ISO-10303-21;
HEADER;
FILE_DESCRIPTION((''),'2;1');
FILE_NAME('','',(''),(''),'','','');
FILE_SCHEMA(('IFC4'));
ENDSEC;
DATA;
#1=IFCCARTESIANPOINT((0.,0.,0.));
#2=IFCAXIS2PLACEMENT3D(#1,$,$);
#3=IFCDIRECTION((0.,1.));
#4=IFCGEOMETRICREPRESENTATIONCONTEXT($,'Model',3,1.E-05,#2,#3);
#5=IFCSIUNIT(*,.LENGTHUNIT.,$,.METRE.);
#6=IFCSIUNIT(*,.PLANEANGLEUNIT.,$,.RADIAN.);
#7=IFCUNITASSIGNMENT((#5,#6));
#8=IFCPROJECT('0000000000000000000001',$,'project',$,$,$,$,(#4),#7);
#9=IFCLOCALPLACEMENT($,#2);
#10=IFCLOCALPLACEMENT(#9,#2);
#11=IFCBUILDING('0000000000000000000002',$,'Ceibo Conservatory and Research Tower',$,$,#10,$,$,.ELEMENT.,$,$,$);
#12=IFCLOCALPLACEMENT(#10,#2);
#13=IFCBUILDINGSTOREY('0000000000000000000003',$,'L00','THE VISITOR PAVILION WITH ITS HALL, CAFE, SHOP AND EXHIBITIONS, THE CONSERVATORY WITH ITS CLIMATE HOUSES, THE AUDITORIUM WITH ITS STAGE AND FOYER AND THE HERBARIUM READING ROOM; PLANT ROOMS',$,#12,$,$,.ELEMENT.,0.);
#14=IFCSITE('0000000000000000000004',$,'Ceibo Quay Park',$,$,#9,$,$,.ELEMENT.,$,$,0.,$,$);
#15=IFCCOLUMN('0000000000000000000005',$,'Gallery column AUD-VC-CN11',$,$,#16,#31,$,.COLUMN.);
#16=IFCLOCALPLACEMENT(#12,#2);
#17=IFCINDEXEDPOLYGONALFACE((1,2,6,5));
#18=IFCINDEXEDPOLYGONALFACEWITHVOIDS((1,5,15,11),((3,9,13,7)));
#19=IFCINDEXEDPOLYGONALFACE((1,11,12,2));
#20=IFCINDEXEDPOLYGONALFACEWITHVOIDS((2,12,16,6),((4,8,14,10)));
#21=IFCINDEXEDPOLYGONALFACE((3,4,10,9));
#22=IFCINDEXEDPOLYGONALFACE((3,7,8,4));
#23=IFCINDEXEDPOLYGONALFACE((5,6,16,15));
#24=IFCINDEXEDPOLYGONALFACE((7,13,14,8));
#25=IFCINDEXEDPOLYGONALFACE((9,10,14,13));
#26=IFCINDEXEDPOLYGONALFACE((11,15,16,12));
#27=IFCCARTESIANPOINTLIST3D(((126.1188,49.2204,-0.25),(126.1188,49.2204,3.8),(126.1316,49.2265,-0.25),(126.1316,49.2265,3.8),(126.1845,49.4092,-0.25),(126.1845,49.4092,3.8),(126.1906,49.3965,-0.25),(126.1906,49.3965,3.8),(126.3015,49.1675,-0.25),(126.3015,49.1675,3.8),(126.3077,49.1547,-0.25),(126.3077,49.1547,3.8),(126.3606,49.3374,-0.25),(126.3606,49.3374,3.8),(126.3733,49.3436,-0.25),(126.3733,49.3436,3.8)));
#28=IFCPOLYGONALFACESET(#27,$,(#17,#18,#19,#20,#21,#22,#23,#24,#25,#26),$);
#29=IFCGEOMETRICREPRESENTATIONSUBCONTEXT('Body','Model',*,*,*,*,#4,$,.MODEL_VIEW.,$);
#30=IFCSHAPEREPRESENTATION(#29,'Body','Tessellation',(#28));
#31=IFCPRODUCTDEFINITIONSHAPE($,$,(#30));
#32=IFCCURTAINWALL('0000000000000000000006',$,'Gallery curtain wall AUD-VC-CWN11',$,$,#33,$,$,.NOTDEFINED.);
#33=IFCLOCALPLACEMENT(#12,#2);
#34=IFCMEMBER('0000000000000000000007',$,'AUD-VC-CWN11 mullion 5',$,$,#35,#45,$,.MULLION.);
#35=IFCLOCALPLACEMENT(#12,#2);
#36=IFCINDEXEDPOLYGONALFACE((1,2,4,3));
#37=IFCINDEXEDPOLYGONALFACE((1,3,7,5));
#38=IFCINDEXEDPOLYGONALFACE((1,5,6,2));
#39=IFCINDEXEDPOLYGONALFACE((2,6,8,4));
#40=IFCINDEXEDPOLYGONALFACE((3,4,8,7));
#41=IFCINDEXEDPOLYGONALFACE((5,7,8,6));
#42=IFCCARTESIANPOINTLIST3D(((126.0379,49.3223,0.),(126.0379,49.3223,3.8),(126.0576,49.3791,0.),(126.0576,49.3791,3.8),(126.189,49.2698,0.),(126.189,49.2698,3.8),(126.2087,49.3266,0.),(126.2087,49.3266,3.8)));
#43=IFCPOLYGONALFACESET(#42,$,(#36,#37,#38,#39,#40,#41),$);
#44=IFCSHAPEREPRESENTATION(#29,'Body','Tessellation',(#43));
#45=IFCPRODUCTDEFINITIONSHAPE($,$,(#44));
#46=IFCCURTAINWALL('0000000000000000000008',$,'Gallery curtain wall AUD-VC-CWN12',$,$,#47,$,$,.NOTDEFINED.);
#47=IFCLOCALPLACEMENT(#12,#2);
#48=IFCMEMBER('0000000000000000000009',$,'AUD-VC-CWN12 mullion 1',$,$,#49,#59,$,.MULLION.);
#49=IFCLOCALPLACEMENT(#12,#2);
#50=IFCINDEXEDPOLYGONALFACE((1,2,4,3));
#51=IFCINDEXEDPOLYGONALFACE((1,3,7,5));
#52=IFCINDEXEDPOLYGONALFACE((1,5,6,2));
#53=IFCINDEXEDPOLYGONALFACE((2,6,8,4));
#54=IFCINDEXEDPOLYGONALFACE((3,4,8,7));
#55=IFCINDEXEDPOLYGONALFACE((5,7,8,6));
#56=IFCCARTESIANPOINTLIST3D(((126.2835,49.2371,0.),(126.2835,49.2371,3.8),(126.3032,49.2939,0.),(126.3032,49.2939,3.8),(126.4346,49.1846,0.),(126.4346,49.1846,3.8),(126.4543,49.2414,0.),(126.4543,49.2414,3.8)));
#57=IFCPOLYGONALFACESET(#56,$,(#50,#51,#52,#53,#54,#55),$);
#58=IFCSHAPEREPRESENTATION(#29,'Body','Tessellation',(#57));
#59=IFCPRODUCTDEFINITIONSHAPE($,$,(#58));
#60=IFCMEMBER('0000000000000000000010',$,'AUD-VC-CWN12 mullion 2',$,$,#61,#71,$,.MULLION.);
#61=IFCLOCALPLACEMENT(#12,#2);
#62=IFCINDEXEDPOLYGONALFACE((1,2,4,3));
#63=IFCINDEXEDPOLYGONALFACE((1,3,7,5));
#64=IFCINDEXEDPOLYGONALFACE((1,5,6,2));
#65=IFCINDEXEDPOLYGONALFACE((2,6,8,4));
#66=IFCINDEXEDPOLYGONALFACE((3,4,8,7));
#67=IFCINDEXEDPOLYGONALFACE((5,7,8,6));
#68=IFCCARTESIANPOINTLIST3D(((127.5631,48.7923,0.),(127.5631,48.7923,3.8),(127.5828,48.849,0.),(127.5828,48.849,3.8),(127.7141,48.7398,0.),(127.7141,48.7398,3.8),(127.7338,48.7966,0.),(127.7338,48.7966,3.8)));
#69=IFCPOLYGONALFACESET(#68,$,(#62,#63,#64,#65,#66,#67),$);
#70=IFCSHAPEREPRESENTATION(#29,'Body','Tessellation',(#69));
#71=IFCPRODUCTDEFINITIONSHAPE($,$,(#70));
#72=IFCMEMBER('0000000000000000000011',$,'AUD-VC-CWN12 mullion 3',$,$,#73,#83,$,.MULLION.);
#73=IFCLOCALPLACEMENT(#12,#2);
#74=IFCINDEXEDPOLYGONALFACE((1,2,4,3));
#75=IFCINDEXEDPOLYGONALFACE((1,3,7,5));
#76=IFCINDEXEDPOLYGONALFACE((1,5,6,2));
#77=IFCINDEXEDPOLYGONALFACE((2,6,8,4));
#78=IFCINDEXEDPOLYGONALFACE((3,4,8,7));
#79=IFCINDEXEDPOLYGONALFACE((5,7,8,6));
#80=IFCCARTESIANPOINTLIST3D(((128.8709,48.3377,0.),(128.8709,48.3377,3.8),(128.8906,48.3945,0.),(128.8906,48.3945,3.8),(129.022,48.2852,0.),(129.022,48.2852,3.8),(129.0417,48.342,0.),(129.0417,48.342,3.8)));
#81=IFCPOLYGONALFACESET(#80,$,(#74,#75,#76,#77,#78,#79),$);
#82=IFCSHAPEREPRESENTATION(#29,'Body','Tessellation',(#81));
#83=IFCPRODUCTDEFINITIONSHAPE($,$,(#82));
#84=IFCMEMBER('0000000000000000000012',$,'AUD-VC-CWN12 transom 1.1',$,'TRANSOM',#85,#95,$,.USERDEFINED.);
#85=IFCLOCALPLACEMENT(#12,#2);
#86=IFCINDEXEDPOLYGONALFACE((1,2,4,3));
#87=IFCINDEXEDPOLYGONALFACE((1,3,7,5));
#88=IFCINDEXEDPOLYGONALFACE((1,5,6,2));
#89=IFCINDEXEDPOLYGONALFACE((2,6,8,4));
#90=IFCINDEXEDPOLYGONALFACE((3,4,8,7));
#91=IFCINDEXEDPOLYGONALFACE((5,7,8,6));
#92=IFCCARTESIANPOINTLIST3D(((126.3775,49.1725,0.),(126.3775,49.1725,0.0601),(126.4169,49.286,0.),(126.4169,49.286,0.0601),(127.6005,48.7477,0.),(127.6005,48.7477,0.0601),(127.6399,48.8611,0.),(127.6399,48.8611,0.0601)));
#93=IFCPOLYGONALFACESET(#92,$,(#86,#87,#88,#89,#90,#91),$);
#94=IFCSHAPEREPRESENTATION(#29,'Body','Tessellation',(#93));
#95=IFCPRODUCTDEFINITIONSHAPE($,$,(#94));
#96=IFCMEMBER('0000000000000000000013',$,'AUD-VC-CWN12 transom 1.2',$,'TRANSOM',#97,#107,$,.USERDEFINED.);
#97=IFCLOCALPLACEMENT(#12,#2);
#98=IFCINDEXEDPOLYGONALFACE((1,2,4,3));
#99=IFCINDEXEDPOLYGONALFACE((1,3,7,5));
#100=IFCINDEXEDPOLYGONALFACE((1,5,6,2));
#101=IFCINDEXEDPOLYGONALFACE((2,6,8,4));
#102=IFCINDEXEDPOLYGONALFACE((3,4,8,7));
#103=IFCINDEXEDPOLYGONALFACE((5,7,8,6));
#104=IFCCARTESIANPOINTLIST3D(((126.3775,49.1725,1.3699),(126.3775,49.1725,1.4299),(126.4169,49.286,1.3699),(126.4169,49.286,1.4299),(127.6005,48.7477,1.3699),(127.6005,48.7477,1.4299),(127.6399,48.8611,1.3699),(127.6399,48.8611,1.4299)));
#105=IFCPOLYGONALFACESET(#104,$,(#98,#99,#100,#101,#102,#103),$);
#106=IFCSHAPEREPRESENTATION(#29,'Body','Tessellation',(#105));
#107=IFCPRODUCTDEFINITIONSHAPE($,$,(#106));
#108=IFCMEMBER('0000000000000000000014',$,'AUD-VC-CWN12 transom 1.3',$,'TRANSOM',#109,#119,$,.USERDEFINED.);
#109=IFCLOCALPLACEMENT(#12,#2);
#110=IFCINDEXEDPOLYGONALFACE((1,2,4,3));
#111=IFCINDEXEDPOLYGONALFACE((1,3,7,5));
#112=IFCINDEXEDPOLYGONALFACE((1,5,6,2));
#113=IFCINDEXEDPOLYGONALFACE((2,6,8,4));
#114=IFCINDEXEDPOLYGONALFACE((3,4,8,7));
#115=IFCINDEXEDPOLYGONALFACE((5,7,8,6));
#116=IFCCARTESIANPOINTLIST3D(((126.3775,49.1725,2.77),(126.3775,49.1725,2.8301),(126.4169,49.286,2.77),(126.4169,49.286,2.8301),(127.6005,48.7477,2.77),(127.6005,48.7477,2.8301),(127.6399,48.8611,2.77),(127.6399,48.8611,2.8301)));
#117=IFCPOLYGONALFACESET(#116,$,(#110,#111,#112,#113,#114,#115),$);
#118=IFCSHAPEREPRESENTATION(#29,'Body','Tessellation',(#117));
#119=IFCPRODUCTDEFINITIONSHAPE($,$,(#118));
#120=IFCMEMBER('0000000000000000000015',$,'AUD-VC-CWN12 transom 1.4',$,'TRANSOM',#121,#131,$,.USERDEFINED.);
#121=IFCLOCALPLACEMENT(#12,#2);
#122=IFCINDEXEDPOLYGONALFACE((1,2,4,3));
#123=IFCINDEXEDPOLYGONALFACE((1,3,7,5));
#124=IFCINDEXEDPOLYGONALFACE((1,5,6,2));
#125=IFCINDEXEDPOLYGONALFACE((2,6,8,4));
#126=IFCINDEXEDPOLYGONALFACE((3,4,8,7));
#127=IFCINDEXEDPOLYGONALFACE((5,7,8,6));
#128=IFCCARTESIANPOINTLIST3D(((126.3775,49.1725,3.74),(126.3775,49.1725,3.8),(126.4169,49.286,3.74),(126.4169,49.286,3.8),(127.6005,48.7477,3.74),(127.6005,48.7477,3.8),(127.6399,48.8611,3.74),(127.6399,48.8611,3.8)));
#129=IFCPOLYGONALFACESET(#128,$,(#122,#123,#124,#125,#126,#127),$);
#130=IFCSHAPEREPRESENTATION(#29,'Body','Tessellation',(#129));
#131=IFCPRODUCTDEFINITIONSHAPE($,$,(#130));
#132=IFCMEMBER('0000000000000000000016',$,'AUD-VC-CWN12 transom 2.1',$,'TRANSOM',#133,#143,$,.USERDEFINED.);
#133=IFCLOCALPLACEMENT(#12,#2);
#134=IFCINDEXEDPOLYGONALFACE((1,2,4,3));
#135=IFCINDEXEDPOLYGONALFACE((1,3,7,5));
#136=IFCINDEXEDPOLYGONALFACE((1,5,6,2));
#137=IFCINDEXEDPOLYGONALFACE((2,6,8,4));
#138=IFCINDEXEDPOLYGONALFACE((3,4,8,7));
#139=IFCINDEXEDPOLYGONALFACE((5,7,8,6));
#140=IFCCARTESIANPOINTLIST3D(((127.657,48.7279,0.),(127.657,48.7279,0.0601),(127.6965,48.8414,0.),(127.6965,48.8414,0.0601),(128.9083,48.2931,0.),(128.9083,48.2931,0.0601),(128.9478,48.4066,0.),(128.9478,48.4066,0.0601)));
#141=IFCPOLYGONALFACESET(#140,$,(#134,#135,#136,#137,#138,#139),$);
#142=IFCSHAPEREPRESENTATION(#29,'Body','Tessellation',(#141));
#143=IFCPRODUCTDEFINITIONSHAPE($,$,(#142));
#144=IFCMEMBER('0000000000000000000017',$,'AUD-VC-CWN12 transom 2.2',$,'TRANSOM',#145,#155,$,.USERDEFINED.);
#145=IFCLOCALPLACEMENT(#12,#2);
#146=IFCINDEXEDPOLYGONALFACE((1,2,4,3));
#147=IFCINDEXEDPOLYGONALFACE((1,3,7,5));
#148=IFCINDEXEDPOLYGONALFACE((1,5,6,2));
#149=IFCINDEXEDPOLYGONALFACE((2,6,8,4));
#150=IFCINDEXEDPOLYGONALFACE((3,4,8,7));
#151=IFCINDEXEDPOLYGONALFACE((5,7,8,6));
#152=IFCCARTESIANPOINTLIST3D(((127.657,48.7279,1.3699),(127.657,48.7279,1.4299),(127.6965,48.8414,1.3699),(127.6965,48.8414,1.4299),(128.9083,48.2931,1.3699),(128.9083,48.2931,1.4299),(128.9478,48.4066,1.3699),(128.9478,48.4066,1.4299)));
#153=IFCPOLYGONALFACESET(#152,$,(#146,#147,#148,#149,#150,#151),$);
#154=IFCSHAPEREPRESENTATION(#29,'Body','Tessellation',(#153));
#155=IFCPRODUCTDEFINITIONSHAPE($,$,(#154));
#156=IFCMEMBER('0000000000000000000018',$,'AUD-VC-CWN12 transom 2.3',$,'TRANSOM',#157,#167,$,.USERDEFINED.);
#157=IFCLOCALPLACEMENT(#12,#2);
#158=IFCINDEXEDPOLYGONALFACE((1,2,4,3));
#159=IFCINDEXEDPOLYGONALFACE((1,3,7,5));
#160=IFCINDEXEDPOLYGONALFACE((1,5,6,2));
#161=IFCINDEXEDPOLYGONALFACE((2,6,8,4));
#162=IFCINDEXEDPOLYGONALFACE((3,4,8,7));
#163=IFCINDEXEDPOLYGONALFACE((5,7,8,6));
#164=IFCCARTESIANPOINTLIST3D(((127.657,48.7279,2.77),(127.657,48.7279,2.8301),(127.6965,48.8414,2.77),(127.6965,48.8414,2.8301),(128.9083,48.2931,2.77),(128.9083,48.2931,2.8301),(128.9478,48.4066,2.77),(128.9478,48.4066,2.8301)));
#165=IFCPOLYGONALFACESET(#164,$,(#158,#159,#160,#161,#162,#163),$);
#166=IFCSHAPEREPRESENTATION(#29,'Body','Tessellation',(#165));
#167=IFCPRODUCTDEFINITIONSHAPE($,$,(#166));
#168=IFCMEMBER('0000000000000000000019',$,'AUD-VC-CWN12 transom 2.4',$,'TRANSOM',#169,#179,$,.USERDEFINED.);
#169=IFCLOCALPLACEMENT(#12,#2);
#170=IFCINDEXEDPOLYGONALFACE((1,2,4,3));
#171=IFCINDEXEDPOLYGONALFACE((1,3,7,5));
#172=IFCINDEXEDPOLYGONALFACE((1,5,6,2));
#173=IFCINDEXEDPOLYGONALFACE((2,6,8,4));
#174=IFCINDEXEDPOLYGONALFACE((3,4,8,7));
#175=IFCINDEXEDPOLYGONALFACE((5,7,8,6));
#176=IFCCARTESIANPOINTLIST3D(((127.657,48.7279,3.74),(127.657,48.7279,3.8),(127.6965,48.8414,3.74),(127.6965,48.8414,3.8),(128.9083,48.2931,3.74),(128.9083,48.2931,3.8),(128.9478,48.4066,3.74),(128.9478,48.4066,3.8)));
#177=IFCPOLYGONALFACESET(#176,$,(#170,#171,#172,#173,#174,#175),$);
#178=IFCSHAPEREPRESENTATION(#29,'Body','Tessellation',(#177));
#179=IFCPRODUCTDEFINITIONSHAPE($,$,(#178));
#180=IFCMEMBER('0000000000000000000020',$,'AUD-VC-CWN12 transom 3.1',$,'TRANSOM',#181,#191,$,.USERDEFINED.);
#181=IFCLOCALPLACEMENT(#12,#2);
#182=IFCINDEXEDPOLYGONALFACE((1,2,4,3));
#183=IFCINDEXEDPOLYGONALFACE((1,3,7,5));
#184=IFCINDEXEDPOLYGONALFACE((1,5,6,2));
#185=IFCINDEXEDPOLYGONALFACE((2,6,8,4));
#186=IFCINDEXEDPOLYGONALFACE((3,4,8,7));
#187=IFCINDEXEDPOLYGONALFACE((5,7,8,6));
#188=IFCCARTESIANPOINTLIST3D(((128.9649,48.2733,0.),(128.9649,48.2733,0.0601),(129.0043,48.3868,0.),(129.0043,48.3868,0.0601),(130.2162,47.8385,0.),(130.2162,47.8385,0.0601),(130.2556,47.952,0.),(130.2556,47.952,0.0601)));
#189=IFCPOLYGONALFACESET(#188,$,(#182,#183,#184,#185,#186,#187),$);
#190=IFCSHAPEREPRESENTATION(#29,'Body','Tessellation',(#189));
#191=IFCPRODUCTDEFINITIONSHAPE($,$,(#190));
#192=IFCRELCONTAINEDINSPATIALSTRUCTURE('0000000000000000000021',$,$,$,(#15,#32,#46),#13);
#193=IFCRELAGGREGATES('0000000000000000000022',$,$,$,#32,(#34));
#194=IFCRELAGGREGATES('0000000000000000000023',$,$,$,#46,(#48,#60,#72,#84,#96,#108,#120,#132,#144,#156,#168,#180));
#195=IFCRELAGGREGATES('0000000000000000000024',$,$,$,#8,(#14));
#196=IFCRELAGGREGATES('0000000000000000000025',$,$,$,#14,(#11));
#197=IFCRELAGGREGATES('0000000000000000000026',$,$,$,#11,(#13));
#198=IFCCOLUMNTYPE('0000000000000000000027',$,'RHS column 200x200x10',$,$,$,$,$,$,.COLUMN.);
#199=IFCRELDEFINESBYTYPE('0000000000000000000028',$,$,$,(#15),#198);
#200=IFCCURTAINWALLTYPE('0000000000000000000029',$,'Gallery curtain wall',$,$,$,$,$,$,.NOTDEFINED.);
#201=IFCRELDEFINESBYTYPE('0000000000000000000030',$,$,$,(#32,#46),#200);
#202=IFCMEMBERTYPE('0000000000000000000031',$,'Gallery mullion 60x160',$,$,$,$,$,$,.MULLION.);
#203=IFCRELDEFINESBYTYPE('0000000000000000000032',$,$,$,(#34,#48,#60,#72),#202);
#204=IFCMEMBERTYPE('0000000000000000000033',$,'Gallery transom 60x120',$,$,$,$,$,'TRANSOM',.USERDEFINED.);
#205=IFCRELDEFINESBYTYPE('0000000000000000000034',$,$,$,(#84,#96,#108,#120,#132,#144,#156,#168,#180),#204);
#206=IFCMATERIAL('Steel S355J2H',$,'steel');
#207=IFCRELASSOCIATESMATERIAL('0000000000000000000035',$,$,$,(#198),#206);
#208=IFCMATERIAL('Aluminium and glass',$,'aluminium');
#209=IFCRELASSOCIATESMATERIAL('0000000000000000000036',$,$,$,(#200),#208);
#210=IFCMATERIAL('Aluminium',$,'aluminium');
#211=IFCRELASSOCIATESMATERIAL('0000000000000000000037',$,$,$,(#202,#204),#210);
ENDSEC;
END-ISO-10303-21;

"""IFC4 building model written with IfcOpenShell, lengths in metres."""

from ifc_helpers import new_model, si_unit, direction, frame, origin, origin_2d, place, context, subcontext, project, spatial, rectangle, hollow_rectangle, extrude, material, material_profile, profile_set, type_object, element, aggregate, save


model = new_model("IFC4")

# Units and contexts
model_context = context("Model", 3, precision=1e-05, world=origin(), true_north=direction((0.0, 1.0)))
body_context = subcontext(model_context, "Body", "Model", "MODEL_VIEW")
ifc_project = project(units=[si_unit("LENGTHUNIT", "METRE"), si_unit("PLANEANGLEUNIT", "RADIAN")], contexts=[model_context])

# Site, building, storey
site_placement = place(None, origin())
site = spatial("IfcSite", under=ifc_project, at=site_placement, Name="Ceibo Quay Park", CompositionType="ELEMENT", RefElevation=0.0)
building_placement = place(site_placement, origin())
building = spatial("IfcBuilding", under=site, at=building_placement, Name="Ceibo Conservatory and Research Tower", CompositionType="ELEMENT")
storey_placement = place(building_placement, origin())
storey = spatial("IfcBuildingStorey", under=building, at=storey_placement, Name="L00", Description="THE VISITOR PAVILION WITH ITS HALL, CAFE, SHOP AND EXHIBITIONS, THE CONSERVATORY WITH ITS CLIMATE HOUSES, THE AUDITORIUM WITH ITS STAGE AND FOYER AND THE HERBARIUM READING ROOM; PLANT ROOMS", CompositionType="ELEMENT", Elevation=0.0)

# Column
ifc_material_1 = material(Name="Steel S355J2H", Category="steel")
ifc_material_profile_1 = material_profile(ifc_material_1, hollow_rectangle(XDim=0.2, YDim=0.2, WallThickness=0.01, at=origin_2d()), Name="RHS column 200x200x10")
ifc_profile_set_1 = profile_set([ifc_material_profile_1], Name="Steel S355J2H")
column_type = type_object("IfcColumnType", Name="RHS column 200x200x10", PredefinedType="COLUMN", material=ifc_profile_set_1)
column_placement = place(storey_placement, frame((126.2461, 49.282, -0.25), z_axis=(0.0, 0.0, 1.0), x_axis=(0.944579, -0.328284, 0.0)))
element("IfcColumn", 1, at=column_placement, inside=storey, type_object=column_type, Name="Gallery column AUD-VC-CN11", PredefinedType="COLUMN", context=body_context, shape_type="SweptSolid", body=[
    extrude(hollow_rectangle(XDim=0.2, YDim=0.2, WallThickness=0.01, at=origin_2d()), origin(), (0.0, 0.0, 1.0), 4.05),
])

# Curtain wall, member
ifc_material_2 = material(Name="Aluminium and glass", Category="aluminium")
curtain_wall_type = type_object("IfcCurtainWallType", Name="Gallery curtain wall", PredefinedType="NOTDEFINED", material=ifc_material_2)
curtain_wall_1_placement = place(storey_placement, origin())
curtain_wall_1 = element("IfcCurtainWall", 2, at=curtain_wall_1_placement, inside=storey, type_object=curtain_wall_type, Name="Gallery curtain wall AUD-VC-CWN11", PredefinedType="NOTDEFINED")
ifc_material_3 = material(Name="Aluminium", Category="aluminium")
ifc_material_profile_2 = material_profile(ifc_material_3, rectangle(XDim=0.0601, YDim=0.1599, at=origin_2d()), Name="AL 60x160")
ifc_profile_set_2 = profile_set([ifc_material_profile_2], Name="Aluminium")
member_type_1 = type_object("IfcMemberType", Name="Gallery mullion 60x160", PredefinedType="MULLION", material=ifc_profile_set_2)
member_1_placement = place(storey_placement, frame((126.1233, 49.3245, 0.0), z_axis=(0.0, 0.0, 1.0), x_axis=(0.328284, 0.944579, 0.0)))
member_1 = element("IfcMember", 3, at=member_1_placement, type_object=member_type_1, Name="AUD-VC-CWN11 mullion 5", PredefinedType="MULLION", context=body_context, shape_type="SweptSolid", body=[
    extrude(rectangle(XDim=0.0601, YDim=0.1599, at=origin_2d()), origin(), (0.0, 0.0, 1.0), 3.8),
])

# Curtain wall, members
curtain_wall_2_placement = place(storey_placement, origin())
curtain_wall_2 = element("IfcCurtainWall", 4, at=curtain_wall_2_placement, inside=storey, type_object=curtain_wall_type, Name="Gallery curtain wall AUD-VC-CWN12", PredefinedType="NOTDEFINED")
member_2_placement = place(storey_placement, frame((126.3689, 49.2393, 0.0), z_axis=(0.0, 0.0, 1.0), x_axis=(0.328284, 0.944579, 0.0)))
member_2 = element("IfcMember", 5, at=member_2_placement, type_object=member_type_1, Name="AUD-VC-CWN12 mullion 1", PredefinedType="MULLION", context=body_context, shape_type="SweptSolid", body=[
    extrude(rectangle(XDim=0.0601, YDim=0.1599, at=origin_2d()), origin(), (0.0, 0.0, 1.0), 3.8),
])
member_3_placement = place(storey_placement, frame((127.6484, 48.7944, 0.0), z_axis=(0.0, 0.0, 1.0), x_axis=(0.328284, 0.944579, 0.0)))
member_3 = element("IfcMember", 6, at=member_3_placement, type_object=member_type_1, Name="AUD-VC-CWN12 mullion 2", PredefinedType="MULLION", context=body_context, shape_type="SweptSolid", body=[
    extrude(rectangle(XDim=0.0601, YDim=0.1599, at=origin_2d()), origin(), (0.0, 0.0, 1.0), 3.8),
])
member_4_placement = place(storey_placement, frame((128.9563, 48.3398, 0.0), z_axis=(0.0, 0.0, 1.0), x_axis=(0.328284, 0.944579, 0.0)))
member_4 = element("IfcMember", 7, at=member_4_placement, type_object=member_type_1, Name="AUD-VC-CWN12 mullion 3", PredefinedType="MULLION", context=body_context, shape_type="SweptSolid", body=[
    extrude(rectangle(XDim=0.0601, YDim=0.1599, at=origin_2d()), origin(), (0.0, 0.0, 1.0), 3.8),
])
ifc_material_profile_3 = material_profile(ifc_material_3, rectangle(XDim=0.1201, YDim=0.0601, at=origin_2d()), Name="AL 60x120")
ifc_profile_set_3 = profile_set([ifc_material_profile_3], Name="Aluminium")
member_type_2 = type_object("IfcMemberType", Name="Gallery transom 60x120", ElementType="TRANSOM", PredefinedType="USERDEFINED", material=ifc_profile_set_3)
member_5_placement = place(storey_placement, frame((126.3972, 49.2292, 0.03), z_axis=(0.944629, -0.32814, 0.0), x_axis=(0.32814, 0.944629, 0.0)))
member_5 = element("IfcMember", 8, at=member_5_placement, type_object=member_type_2, Name="AUD-VC-CWN12 transom 1.1", ObjectType="TRANSOM", PredefinedType="USERDEFINED", context=body_context, shape_type="SweptSolid", body=[
    extrude(rectangle(XDim=0.1201, YDim=0.0601, at=origin_2d()), origin(), (0.0, 0.0, 1.0), 1.2947),
])
member_6_placement = place(storey_placement, frame((126.3972, 49.2292, 1.3999), z_axis=(0.944629, -0.32814, 0.0), x_axis=(0.32814, 0.944629, 0.0)))
member_6 = element("IfcMember", 9, at=member_6_placement, type_object=member_type_2, Name="AUD-VC-CWN12 transom 1.2", ObjectType="TRANSOM", PredefinedType="USERDEFINED", context=body_context, shape_type="SweptSolid", body=[
    extrude(rectangle(XDim=0.1201, YDim=0.0601, at=origin_2d()), origin(), (0.0, 0.0, 1.0), 1.2947),
])
member_7_placement = place(storey_placement, frame((126.3972, 49.2292, 2.8), z_axis=(0.944629, -0.32814, 0.0), x_axis=(0.32814, 0.944629, 0.0)))
member_7 = element("IfcMember", 10, at=member_7_placement, type_object=member_type_2, Name="AUD-VC-CWN12 transom 1.3", ObjectType="TRANSOM", PredefinedType="USERDEFINED", context=body_context, shape_type="SweptSolid", body=[
    extrude(rectangle(XDim=0.1201, YDim=0.0601, at=origin_2d()), origin(), (0.0, 0.0, 1.0), 1.2947),
])
member_8_placement = place(storey_placement, frame((126.3972, 49.2292, 3.77), z_axis=(0.944629, -0.32814, 0.0), x_axis=(0.32814, 0.944629, 0.0)))
member_8 = element("IfcMember", 11, at=member_8_placement, type_object=member_type_2, Name="AUD-VC-CWN12 transom 1.4", ObjectType="TRANSOM", PredefinedType="USERDEFINED", context=body_context, shape_type="SweptSolid", body=[
    extrude(rectangle(XDim=0.1201, YDim=0.0601, at=origin_2d()), origin(), (0.0, 0.0, 1.0), 1.2947),
])
member_9_placement = place(storey_placement, frame((127.6768, 48.7847, 0.03), z_axis=(0.944589, -0.328256, 0.0), x_axis=(0.328256, 0.944589, 0.0)))
member_9 = element("IfcMember", 12, at=member_9_placement, type_object=member_type_2, Name="AUD-VC-CWN12 transom 2.1", ObjectType="TRANSOM", PredefinedType="USERDEFINED", context=body_context, shape_type="SweptSolid", body=[
    extrude(rectangle(XDim=0.1201, YDim=0.0601, at=origin_2d()), origin(), (0.0, 0.0, 1.0), 1.3247),
])
member_10_placement = place(storey_placement, frame((127.6768, 48.7847, 1.3999), z_axis=(0.944589, -0.328256, 0.0), x_axis=(0.328256, 0.944589, 0.0)))
member_10 = element("IfcMember", 13, at=member_10_placement, type_object=member_type_2, Name="AUD-VC-CWN12 transom 2.2", ObjectType="TRANSOM", PredefinedType="USERDEFINED", context=body_context, shape_type="SweptSolid", body=[
    extrude(rectangle(XDim=0.1201, YDim=0.0601, at=origin_2d()), origin(), (0.0, 0.0, 1.0), 1.3247),
])
member_11_placement = place(storey_placement, frame((127.6768, 48.7847, 2.8), z_axis=(0.944589, -0.328256, 0.0), x_axis=(0.328256, 0.944589, 0.0)))
member_11 = element("IfcMember", 14, at=member_11_placement, type_object=member_type_2, Name="AUD-VC-CWN12 transom 2.3", ObjectType="TRANSOM", PredefinedType="USERDEFINED", context=body_context, shape_type="SweptSolid", body=[
    extrude(rectangle(XDim=0.1201, YDim=0.0601, at=origin_2d()), origin(), (0.0, 0.0, 1.0), 1.3247),
])
member_12_placement = place(storey_placement, frame((127.6768, 48.7847, 3.77), z_axis=(0.944589, -0.328256, 0.0), x_axis=(0.328256, 0.944589, 0.0)))
member_12 = element("IfcMember", 15, at=member_12_placement, type_object=member_type_2, Name="AUD-VC-CWN12 transom 2.4", ObjectType="TRANSOM", PredefinedType="USERDEFINED", context=body_context, shape_type="SweptSolid", body=[
    extrude(rectangle(XDim=0.1201, YDim=0.0601, at=origin_2d()), origin(), (0.0, 0.0, 1.0), 1.3247),
])
member_13_placement = place(storey_placement, frame((128.9846, 48.3301, 0.03), z_axis=(0.944589, -0.328256, 0.0), x_axis=(0.328256, 0.944589, 0.0)))
member_13 = element("IfcMember", 16, at=member_13_placement, type_object=member_type_2, Name="AUD-VC-CWN12 transom 3.1", ObjectType="TRANSOM", PredefinedType="USERDEFINED", context=body_context, shape_type="SweptSolid", body=[
    extrude(rectangle(XDim=0.1201, YDim=0.0601, at=origin_2d()), origin(), (0.0, 0.0, 1.0), 1.3247),
])

aggregate(curtain_wall_1, [member_1])
aggregate(curtain_wall_2, [member_2, member_3, member_4, member_5, member_6, member_7, member_8, member_9, member_10, member_11, member_12, member_13])

save(model, "model.ifc")
